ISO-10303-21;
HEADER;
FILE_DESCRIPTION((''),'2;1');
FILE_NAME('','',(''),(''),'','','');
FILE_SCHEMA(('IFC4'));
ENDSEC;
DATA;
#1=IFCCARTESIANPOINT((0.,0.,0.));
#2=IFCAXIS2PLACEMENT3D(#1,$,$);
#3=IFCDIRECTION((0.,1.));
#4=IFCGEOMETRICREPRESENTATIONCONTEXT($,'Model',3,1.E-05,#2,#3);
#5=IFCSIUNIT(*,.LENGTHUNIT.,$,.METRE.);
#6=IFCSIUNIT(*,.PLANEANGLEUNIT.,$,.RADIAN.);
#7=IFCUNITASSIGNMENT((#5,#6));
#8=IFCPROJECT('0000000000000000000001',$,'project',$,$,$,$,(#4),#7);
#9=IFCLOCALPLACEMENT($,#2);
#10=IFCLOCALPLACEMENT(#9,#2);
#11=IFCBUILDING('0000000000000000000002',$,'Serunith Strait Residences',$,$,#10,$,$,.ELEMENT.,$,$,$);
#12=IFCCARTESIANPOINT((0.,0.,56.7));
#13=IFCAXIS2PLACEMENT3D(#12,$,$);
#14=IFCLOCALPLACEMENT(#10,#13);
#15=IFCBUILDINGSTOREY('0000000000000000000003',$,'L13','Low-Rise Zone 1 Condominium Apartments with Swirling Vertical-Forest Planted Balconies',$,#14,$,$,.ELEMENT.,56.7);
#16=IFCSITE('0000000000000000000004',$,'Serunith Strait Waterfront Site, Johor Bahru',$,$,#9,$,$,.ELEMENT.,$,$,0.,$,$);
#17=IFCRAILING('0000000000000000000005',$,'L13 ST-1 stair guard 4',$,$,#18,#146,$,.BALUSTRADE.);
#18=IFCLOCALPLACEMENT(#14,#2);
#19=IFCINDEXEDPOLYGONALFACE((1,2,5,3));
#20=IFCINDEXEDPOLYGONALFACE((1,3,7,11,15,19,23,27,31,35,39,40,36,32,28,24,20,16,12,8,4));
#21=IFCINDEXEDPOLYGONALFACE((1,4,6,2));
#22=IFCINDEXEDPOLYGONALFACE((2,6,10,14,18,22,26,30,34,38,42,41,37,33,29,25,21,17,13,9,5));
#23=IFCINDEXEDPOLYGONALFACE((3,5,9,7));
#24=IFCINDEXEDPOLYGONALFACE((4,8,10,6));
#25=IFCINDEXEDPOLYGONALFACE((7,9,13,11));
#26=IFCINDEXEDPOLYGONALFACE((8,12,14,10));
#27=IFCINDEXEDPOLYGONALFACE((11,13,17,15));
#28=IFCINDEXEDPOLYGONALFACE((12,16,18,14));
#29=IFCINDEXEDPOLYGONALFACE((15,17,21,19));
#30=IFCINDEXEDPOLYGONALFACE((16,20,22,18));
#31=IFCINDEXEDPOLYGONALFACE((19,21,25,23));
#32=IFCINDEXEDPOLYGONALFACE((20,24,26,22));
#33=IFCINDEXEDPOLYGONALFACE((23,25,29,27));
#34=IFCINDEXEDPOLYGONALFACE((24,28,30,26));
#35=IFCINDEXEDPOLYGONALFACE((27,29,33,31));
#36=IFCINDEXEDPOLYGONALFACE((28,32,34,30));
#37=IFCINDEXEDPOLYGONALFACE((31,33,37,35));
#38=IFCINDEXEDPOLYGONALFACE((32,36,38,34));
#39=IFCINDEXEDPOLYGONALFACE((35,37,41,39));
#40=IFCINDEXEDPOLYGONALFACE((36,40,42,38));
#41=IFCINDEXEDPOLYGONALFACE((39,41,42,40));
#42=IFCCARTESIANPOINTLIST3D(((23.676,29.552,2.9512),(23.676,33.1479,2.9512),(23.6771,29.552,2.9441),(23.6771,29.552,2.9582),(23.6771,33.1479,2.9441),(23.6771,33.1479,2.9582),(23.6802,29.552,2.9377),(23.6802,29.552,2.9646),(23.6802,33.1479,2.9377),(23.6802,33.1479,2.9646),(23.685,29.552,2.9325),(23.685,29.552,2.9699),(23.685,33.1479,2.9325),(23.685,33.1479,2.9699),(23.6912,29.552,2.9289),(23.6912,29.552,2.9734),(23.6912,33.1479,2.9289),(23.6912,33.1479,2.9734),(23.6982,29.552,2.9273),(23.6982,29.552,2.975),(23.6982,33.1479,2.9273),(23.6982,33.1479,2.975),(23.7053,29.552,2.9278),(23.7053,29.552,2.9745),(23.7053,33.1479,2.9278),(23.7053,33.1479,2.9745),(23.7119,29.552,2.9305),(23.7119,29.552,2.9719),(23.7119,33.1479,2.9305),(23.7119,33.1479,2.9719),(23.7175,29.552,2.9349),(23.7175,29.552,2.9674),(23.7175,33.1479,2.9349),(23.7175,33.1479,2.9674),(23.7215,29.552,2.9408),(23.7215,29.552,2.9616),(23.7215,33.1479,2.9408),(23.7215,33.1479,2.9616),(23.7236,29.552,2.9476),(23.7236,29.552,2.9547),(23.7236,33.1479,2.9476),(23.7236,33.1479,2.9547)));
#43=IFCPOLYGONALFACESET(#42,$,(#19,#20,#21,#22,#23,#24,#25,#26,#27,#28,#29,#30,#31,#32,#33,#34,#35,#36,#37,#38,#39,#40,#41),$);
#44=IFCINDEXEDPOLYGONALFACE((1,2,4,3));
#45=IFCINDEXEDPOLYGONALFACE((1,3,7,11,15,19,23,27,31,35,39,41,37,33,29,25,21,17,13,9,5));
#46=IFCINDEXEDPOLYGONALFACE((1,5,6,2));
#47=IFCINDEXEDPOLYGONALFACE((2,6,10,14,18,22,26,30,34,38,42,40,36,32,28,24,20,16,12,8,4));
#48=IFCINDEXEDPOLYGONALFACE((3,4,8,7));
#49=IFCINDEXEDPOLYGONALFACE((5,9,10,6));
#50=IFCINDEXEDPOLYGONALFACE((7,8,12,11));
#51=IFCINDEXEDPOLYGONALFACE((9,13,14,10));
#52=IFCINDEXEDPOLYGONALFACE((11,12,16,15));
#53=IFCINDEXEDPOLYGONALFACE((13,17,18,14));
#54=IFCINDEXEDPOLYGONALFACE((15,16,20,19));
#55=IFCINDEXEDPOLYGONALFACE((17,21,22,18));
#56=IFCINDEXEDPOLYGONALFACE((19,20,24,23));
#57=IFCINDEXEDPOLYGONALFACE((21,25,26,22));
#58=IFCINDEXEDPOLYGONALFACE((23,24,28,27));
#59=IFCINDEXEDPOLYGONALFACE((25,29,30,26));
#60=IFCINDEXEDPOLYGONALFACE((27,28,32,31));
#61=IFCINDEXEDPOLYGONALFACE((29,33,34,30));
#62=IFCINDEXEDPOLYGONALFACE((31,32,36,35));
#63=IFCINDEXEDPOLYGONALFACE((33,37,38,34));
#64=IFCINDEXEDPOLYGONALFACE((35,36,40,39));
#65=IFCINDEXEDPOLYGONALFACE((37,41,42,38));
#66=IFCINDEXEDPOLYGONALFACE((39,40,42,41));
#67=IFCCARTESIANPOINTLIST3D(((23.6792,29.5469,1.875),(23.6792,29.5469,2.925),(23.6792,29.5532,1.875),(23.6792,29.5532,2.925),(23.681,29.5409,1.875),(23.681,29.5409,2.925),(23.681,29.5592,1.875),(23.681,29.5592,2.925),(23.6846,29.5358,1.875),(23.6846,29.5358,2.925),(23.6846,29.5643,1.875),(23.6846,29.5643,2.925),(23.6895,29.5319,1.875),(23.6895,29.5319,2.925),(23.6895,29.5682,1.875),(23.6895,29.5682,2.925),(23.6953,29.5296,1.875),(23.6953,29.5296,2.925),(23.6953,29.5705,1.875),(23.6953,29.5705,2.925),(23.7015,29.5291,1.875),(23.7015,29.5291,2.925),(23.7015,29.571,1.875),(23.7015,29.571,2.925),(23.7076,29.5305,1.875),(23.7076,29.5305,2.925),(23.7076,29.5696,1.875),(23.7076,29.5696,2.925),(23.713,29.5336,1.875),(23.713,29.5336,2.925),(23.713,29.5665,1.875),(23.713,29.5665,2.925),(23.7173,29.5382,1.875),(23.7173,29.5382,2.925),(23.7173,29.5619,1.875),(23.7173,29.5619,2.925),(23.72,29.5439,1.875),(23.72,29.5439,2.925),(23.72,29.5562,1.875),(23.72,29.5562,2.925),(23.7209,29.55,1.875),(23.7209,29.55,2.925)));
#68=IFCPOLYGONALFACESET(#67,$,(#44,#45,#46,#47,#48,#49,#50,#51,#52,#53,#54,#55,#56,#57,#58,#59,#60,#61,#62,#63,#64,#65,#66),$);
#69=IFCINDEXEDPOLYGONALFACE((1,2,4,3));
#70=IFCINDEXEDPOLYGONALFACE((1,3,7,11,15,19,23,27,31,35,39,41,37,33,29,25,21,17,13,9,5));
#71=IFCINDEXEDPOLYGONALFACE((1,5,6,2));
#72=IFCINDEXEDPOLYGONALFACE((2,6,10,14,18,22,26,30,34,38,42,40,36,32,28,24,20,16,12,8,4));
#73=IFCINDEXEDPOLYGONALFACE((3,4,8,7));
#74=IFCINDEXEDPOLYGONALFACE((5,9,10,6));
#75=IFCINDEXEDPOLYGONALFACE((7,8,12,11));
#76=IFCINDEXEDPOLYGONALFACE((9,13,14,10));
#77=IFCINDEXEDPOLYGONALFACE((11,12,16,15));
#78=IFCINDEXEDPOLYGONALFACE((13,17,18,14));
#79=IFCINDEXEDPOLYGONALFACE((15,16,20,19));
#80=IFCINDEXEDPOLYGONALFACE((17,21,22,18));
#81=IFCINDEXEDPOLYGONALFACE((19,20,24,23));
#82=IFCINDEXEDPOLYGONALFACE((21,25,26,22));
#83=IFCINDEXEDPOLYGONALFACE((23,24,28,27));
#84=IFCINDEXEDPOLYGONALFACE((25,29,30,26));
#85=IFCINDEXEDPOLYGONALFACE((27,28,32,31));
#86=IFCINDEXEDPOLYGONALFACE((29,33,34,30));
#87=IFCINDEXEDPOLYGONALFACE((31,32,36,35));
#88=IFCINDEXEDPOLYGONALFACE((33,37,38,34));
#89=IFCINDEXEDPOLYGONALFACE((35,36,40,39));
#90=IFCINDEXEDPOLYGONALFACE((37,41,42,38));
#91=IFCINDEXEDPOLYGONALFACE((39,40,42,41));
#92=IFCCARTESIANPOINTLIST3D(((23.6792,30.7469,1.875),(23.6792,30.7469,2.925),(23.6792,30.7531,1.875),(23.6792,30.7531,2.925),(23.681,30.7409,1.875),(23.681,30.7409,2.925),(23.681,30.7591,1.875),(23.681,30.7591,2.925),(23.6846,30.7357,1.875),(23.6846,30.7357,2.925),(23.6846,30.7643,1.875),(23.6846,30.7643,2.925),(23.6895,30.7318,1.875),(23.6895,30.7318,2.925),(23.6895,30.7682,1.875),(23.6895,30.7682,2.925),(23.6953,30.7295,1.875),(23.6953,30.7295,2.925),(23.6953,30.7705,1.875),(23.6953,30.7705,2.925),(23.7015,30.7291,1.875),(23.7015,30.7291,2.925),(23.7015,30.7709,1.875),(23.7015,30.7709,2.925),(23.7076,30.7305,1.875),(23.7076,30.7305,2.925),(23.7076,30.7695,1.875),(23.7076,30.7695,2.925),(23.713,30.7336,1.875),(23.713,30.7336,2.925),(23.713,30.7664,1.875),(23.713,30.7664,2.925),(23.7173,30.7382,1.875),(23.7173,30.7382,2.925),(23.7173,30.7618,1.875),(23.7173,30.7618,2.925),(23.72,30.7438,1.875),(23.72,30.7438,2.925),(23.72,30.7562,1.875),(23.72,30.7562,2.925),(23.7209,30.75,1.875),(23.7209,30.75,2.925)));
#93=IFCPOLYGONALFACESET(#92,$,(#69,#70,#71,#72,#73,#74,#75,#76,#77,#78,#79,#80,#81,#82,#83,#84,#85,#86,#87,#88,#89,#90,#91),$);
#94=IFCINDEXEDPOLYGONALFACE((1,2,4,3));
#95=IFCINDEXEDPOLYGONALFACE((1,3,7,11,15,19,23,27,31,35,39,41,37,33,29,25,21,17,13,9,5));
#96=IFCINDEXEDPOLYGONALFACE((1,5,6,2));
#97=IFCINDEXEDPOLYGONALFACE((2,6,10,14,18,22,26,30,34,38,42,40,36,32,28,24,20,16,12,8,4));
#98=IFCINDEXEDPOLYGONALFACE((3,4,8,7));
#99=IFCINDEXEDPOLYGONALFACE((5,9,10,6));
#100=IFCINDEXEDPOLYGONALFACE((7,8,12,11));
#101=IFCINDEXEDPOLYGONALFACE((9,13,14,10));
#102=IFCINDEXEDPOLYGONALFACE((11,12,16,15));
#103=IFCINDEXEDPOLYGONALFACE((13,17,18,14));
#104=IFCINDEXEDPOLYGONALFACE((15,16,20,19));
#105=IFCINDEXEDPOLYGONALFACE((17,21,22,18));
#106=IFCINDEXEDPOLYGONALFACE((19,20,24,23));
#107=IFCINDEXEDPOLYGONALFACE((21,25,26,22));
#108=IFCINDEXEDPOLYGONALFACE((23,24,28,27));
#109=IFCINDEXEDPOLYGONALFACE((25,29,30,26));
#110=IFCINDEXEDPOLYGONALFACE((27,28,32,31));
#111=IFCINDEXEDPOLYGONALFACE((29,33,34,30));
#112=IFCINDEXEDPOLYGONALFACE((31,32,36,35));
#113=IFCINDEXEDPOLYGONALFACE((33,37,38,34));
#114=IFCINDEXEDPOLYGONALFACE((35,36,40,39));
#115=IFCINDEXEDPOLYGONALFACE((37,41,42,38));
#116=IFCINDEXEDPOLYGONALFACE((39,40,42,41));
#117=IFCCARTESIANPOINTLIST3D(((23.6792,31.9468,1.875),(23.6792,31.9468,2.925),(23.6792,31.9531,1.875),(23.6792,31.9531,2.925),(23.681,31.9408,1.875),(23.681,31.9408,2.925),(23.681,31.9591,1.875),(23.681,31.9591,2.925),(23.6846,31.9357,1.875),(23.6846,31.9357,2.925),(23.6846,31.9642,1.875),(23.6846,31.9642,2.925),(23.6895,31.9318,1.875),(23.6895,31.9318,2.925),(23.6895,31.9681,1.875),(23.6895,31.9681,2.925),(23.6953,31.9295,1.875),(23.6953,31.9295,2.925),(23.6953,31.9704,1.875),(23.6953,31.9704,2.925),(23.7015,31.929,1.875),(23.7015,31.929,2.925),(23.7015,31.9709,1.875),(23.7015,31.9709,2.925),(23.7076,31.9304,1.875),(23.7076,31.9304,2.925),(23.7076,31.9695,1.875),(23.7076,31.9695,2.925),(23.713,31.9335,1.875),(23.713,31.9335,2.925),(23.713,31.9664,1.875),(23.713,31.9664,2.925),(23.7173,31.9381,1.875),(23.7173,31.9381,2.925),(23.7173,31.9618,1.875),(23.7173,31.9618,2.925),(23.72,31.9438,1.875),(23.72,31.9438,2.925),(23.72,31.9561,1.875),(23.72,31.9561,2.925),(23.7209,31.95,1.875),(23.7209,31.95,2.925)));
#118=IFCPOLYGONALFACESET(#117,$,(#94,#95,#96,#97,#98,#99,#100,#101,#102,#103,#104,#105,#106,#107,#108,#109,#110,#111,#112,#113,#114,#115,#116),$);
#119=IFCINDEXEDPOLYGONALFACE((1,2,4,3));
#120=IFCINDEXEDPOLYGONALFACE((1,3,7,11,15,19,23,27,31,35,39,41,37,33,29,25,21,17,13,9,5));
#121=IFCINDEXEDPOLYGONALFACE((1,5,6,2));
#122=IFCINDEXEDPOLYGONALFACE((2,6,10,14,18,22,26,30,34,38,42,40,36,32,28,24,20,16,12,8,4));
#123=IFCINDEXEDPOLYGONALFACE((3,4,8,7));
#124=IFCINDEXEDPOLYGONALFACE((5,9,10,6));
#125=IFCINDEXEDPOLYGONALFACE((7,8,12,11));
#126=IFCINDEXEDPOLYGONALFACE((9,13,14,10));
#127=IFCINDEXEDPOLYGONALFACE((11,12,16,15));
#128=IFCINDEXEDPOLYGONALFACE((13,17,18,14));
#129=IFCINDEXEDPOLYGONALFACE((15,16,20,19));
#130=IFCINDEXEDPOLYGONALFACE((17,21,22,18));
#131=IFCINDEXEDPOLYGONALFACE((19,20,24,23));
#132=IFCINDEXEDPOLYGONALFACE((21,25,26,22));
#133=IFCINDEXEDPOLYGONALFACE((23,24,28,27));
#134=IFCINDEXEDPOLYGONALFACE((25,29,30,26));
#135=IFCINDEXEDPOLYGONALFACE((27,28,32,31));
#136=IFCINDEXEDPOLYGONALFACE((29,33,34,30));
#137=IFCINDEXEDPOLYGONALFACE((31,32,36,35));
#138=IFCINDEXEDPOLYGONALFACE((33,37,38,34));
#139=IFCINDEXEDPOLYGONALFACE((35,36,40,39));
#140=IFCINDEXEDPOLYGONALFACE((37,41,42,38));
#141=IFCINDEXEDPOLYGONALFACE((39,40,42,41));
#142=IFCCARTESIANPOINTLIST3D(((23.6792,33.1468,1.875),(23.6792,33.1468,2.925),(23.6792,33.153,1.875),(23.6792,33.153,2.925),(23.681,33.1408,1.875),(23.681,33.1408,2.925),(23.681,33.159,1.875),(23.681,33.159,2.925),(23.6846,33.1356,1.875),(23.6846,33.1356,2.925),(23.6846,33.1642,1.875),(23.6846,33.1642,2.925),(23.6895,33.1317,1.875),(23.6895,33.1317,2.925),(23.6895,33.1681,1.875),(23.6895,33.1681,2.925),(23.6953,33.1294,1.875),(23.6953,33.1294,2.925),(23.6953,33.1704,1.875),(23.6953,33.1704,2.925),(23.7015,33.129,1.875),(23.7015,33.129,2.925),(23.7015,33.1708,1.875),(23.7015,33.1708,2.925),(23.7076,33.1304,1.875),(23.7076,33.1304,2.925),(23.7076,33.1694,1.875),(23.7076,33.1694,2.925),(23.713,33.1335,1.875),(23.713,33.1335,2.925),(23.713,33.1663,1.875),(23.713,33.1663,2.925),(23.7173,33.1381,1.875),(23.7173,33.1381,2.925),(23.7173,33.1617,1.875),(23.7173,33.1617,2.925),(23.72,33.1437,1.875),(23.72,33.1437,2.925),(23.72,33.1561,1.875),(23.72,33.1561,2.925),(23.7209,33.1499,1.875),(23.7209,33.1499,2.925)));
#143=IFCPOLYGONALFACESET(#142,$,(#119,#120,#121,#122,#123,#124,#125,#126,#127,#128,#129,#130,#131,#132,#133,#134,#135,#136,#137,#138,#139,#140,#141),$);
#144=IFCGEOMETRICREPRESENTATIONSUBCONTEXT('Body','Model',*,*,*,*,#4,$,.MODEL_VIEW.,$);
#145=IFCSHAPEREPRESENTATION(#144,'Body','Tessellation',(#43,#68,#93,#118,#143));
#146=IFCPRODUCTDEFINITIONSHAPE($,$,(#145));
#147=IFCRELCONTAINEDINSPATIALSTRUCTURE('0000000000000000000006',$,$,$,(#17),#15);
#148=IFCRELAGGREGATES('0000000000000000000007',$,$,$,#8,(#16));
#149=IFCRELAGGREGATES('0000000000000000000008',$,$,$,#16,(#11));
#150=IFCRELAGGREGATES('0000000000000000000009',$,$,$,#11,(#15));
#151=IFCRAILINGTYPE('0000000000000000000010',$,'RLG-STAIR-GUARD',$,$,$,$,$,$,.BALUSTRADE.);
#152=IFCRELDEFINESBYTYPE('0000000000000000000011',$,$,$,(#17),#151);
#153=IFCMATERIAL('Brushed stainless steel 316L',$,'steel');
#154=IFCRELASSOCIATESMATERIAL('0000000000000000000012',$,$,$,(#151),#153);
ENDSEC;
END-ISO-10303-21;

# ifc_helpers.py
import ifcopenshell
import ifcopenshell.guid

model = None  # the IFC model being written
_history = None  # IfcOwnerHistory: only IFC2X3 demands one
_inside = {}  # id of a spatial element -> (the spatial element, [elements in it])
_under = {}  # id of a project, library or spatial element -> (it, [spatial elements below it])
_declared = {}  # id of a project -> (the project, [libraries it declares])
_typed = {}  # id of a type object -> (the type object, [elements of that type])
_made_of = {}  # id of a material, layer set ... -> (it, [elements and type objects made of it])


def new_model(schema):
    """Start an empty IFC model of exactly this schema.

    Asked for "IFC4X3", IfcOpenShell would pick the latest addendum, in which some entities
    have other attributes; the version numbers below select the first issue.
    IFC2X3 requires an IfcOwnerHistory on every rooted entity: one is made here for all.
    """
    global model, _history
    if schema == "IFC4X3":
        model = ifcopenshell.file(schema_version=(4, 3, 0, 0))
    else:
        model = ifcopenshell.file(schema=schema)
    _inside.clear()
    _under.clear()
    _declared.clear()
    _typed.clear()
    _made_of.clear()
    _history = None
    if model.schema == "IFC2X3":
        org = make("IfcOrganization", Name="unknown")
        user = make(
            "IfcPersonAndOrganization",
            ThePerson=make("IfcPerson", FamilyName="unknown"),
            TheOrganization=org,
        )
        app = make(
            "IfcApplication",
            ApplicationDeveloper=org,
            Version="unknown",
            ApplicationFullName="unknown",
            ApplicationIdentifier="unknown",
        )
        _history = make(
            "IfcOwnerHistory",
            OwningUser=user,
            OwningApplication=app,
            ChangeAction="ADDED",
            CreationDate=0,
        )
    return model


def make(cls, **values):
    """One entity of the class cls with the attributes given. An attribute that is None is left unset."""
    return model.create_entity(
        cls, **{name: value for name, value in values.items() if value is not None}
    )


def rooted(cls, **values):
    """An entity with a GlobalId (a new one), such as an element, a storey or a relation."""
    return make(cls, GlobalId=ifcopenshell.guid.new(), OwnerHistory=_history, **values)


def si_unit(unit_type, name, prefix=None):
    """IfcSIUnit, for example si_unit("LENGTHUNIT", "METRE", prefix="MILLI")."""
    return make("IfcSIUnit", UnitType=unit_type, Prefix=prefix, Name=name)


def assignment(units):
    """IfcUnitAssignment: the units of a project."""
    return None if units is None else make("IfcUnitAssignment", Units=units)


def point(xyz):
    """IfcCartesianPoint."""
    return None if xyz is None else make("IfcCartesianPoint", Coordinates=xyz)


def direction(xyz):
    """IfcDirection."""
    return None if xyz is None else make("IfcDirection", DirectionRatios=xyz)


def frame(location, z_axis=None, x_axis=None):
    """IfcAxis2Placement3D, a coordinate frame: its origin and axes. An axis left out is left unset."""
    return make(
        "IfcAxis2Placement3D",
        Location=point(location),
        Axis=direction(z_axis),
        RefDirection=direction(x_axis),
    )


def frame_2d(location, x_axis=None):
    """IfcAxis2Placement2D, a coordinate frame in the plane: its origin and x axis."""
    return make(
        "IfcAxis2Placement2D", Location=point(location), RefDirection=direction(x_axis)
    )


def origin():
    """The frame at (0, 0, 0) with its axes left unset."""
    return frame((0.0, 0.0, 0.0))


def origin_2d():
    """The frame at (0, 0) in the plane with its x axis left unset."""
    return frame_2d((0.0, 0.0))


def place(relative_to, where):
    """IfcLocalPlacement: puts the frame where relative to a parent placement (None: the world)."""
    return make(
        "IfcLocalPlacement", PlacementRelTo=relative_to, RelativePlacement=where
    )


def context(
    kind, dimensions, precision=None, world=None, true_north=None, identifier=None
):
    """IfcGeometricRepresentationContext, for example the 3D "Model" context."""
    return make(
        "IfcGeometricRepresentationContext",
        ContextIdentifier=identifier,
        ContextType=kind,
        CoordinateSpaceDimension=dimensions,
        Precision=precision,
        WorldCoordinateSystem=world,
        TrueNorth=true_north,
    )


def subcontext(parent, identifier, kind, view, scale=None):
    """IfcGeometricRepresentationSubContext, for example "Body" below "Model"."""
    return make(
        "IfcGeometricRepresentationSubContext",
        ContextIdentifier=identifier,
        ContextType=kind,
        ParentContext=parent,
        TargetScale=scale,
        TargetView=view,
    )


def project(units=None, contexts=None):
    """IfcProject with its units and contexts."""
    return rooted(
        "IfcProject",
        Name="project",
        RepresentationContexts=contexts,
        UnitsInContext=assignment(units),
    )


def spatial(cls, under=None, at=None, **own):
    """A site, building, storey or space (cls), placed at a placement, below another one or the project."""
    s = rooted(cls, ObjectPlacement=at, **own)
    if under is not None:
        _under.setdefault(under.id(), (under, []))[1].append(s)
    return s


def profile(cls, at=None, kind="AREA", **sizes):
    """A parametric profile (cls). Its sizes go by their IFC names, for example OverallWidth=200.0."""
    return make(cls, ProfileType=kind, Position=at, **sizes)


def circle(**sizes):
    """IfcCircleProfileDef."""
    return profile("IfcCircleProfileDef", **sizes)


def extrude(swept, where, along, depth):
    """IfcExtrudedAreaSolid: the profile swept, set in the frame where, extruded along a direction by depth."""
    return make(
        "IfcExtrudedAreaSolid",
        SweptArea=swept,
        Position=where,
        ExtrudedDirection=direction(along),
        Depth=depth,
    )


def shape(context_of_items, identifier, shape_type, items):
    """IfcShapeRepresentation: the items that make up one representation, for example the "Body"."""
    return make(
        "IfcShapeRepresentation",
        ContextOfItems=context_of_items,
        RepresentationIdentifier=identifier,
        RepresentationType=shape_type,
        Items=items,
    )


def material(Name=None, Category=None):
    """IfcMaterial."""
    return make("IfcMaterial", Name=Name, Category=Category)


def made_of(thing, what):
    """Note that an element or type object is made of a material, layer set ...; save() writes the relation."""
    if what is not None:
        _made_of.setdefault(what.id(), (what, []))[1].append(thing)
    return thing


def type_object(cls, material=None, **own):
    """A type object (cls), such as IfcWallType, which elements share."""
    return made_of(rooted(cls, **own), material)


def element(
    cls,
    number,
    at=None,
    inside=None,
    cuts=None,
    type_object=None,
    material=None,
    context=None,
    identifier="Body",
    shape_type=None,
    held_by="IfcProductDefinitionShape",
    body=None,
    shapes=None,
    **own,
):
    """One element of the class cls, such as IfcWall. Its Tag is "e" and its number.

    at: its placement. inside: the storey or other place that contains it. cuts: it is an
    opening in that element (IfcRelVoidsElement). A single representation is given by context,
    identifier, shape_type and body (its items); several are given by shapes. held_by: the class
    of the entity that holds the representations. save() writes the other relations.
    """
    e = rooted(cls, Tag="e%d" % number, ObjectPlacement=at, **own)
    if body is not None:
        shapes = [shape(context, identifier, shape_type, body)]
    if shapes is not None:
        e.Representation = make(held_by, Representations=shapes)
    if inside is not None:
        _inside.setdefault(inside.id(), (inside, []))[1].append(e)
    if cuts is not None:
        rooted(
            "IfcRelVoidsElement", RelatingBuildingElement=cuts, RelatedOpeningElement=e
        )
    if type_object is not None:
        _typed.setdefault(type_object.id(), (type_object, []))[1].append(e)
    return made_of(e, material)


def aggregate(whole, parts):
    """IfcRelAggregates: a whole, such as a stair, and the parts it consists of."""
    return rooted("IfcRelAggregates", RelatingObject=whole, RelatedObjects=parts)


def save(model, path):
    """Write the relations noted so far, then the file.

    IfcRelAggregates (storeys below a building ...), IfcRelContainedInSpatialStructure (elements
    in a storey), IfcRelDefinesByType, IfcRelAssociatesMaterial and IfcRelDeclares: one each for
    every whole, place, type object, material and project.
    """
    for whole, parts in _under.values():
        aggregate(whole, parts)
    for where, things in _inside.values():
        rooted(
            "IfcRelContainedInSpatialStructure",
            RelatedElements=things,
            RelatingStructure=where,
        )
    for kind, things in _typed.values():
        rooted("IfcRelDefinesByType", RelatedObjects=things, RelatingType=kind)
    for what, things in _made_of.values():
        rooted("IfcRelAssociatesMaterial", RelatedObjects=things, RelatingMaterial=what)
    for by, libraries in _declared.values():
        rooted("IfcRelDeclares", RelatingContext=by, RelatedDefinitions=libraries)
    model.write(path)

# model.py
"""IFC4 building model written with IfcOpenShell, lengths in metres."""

from ifc_helpers import new_model, si_unit, direction, frame, origin, origin_2d, place, context, subcontext, project, spatial, circle, extrude, material, type_object, element, save


model = new_model("IFC4")

# Units and contexts
model_context = context("Model", 3, precision=1e-05, world=origin(), true_north=direction((0.0, 1.0)))
body_context = subcontext(model_context, "Body", "Model", "MODEL_VIEW")
ifc_project = project(units=[si_unit("LENGTHUNIT", "METRE"), si_unit("PLANEANGLEUNIT", "RADIAN")], contexts=[model_context])

# Site, building, storey
site_placement = place(None, origin())
site = spatial("IfcSite", under=ifc_project, at=site_placement, Name="Serunith Strait Waterfront Site, Johor Bahru", CompositionType="ELEMENT", RefElevation=0.0)
building_placement = place(site_placement, origin())
building = spatial("IfcBuilding", under=site, at=building_placement, Name="Serunith Strait Residences", CompositionType="ELEMENT")
storey_placement = place(building_placement, frame((0.0, 0.0, 56.7)))
storey = spatial("IfcBuildingStorey", under=building, at=storey_placement, Name="L13", Description="Low-Rise Zone 1 Condominium Apartments with Swirling Vertical-Forest Planted Balconies", CompositionType="ELEMENT", Elevation=56.7)

# Railing
ifc_material_1 = material(Name="Brushed stainless steel 316L", Category="steel")
railing_type_1 = type_object("IfcRailingType", Name="RLG-STAIR-GUARD", PredefinedType="BALUSTRADE", material=ifc_material_1)
for number, where, name in (
    (1, (23.7, 29.55, 1.875), "L13 ST-1 stair guard 4"),
):
    element("IfcRailing", number, at=place(storey_placement, frame(where)), inside=storey, type_object=railing_type_1, Name=name, PredefinedType="BALUSTRADE", context=body_context, shape_type="SweptSolid", body=[
        extrude(circle(Radius=0.0239, at=origin_2d()), frame((0.0, 0.002, 1.0762), z_axis=(0.0, 1.0, 0.0), x_axis=(-1.0, 0.0, 0.0)), (0.0, 0.0, 1.0), 3.5959),
        extrude(circle(Radius=0.021, at=origin_2d()), origin(), (0.0, 0.0, 1.0), 1.05),
        extrude(circle(Radius=0.021, at=origin_2d()), frame((0.0, 1.2, 0.0)), (0.0, 0.0, 1.0), 1.05),
        extrude(circle(Radius=0.021, at=origin_2d()), frame((0.0, 2.3999, 0.0)), (0.0, 0.0, 1.0), 1.05),
        extrude(circle(Radius=0.021, at=origin_2d()), frame((0.0, 3.5999, 0.0)), (0.0, 0.0, 1.0), 1.05),
    ])

save(model, "model.ifc")
